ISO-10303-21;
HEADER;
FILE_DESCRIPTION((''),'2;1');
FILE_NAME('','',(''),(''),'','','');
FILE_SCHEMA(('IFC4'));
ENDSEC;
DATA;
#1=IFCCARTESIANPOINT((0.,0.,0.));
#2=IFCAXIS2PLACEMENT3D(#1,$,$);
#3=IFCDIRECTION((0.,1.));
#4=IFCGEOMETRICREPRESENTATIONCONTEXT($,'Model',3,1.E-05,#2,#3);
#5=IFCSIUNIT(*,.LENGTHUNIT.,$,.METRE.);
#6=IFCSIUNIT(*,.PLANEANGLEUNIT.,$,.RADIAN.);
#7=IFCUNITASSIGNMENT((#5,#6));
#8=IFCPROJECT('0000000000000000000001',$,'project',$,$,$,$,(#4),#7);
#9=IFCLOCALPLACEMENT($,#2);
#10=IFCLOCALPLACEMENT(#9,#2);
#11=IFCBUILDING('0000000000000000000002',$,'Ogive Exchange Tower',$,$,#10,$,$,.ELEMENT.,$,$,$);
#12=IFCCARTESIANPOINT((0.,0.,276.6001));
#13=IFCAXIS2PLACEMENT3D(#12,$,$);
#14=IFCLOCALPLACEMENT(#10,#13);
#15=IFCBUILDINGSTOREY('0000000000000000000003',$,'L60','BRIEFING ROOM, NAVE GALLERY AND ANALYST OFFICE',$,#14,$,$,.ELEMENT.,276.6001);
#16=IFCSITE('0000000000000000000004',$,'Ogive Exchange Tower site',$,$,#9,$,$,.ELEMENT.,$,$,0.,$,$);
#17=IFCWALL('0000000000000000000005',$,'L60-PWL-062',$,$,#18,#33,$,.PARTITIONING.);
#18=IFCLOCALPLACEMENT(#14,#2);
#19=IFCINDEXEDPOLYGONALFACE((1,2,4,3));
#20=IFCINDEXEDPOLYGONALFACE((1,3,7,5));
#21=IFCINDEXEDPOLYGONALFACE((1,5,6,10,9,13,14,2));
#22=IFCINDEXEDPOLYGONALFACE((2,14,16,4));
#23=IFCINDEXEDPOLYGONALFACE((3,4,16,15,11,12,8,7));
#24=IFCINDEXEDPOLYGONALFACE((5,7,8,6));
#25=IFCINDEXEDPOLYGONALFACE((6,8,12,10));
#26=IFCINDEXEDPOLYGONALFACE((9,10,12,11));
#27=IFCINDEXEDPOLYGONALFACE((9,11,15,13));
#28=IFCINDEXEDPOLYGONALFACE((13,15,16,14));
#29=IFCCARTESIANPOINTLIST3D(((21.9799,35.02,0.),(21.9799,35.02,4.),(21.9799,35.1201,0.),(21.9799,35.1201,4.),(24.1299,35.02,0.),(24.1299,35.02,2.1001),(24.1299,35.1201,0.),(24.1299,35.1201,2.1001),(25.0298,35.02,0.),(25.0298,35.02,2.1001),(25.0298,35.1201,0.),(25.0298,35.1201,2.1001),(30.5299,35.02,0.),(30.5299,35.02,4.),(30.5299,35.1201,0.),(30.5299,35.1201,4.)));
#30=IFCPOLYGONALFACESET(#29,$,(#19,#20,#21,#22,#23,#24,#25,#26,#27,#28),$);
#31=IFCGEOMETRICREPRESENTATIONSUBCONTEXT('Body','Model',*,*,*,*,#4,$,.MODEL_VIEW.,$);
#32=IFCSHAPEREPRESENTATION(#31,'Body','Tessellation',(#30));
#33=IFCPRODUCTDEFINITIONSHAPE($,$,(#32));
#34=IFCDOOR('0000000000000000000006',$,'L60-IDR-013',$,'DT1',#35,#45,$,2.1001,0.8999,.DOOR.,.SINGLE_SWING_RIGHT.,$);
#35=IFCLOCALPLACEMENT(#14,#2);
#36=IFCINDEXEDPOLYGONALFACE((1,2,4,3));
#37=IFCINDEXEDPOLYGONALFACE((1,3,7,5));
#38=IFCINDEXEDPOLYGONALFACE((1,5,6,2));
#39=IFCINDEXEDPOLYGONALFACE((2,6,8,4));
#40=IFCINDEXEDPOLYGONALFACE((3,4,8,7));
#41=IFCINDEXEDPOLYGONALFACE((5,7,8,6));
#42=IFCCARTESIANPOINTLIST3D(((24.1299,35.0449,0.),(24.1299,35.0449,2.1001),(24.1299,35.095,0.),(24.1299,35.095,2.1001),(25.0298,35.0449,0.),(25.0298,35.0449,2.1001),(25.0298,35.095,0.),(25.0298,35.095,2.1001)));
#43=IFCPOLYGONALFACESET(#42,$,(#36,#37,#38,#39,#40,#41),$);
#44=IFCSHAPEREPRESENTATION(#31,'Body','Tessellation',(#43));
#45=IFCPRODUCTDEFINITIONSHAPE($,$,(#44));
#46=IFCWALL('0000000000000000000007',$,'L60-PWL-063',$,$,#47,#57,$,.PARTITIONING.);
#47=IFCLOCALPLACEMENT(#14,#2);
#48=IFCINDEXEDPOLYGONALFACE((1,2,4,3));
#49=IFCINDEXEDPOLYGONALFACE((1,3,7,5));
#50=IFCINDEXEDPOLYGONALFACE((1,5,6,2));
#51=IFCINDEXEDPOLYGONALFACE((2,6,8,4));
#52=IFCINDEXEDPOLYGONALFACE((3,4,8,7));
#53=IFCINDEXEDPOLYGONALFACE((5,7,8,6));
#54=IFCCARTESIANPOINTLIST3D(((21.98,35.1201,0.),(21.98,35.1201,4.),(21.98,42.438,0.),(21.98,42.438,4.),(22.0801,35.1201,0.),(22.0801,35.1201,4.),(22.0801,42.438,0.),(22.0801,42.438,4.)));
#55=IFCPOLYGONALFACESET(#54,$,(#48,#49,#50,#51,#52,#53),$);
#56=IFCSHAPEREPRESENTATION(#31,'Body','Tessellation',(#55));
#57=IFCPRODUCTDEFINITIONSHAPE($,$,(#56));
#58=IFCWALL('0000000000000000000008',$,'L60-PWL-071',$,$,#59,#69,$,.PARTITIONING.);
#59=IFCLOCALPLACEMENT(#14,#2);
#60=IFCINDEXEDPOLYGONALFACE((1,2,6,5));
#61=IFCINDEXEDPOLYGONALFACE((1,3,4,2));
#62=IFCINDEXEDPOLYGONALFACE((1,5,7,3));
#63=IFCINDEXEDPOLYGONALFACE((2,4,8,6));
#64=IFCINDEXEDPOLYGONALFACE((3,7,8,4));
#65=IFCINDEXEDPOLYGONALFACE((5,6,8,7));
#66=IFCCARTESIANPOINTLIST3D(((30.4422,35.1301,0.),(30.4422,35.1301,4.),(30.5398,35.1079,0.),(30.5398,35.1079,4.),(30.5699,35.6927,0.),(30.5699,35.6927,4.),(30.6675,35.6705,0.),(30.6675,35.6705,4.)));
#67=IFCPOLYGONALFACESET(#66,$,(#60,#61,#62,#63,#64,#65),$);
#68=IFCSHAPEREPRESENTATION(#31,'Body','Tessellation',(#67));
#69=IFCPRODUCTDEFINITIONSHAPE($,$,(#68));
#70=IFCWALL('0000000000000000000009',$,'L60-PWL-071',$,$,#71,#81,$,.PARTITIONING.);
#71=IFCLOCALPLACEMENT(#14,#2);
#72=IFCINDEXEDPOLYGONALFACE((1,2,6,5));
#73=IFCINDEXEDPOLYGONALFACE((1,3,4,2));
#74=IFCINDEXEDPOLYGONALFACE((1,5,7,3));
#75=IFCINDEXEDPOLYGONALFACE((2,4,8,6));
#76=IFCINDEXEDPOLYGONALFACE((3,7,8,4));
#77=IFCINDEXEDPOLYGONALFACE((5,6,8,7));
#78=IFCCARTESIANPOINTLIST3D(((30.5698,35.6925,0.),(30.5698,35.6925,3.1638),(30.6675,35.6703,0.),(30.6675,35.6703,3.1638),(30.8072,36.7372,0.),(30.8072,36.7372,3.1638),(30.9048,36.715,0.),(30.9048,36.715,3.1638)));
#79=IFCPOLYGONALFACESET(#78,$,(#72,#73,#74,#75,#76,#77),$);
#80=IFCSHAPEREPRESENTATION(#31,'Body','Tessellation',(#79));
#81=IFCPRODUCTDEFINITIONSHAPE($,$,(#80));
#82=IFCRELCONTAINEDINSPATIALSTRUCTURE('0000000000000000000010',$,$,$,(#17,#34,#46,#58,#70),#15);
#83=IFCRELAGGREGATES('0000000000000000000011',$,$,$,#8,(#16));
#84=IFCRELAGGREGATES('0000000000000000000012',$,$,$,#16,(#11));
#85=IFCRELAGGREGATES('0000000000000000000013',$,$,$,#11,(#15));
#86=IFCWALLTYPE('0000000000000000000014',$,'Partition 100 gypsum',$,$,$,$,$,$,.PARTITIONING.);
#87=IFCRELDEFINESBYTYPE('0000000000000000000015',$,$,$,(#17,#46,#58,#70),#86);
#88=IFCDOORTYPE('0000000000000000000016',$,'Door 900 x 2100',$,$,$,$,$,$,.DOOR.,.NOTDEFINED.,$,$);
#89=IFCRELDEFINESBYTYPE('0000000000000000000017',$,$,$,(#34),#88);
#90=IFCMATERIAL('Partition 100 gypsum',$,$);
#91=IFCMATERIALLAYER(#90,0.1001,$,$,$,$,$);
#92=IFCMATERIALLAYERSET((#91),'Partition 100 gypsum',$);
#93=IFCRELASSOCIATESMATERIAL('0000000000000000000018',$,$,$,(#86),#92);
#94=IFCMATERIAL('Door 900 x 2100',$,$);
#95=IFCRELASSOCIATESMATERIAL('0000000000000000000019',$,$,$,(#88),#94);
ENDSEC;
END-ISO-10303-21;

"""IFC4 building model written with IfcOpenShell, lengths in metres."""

from ifc_helpers import new_model, si_unit, direction, frame, frame_2d, origin, place, context, subcontext, project, spatial, rectangle, extrude, material, layer, layer_set, type_object, element, fill, save


model = new_model("IFC4")

# Units and contexts
model_context = context("Model", 3, precision=1e-05, world=origin(), true_north=direction((0.0, 1.0)))
body_context = subcontext(model_context, "Body", "Model", "MODEL_VIEW")
ifc_project = project(units=[si_unit("LENGTHUNIT", "METRE"), si_unit("PLANEANGLEUNIT", "RADIAN")], contexts=[model_context])

# Site, building, storey
site_placement = place(None, origin())
site = spatial("IfcSite", under=ifc_project, at=site_placement, Name="Ogive Exchange Tower site", CompositionType="ELEMENT", RefElevation=0.0)
building_placement = place(site_placement, origin())
building = spatial("IfcBuilding", under=site, at=building_placement, Name="Ogive Exchange Tower", CompositionType="ELEMENT")
storey_placement = place(building_placement, frame((0.0, 0.0, 276.6001)))
storey = spatial("IfcBuildingStorey", under=building, at=storey_placement, Name="L60", Description="BRIEFING ROOM, NAVE GALLERY AND ANALYST OFFICE", CompositionType="ELEMENT", Elevation=276.6001)

# Shared definitions
ifc_material_1 = material(Name="Partition 100 gypsum")
ifc_layer_1 = layer(ifc_material_1, 0.1001)
ifc_layer_set_1 = layer_set([ifc_layer_1], Name="Partition 100 gypsum")
wall_type_1 = type_object("IfcWallType", Name="Partition 100 gypsum", PredefinedType="PARTITIONING", material=ifc_layer_set_1)

# Wall, opening, door
wall_1_placement = place(storey_placement, frame((21.98, 35.0701, 0.0), z_axis=(0.0, 0.0, 1.0), x_axis=(1.0, 0.0, 0.0)))
wall_1 = element("IfcWall", 1, at=wall_1_placement, inside=storey, type_object=wall_type_1, Name="L60-PWL-062", PredefinedType="PARTITIONING", context=body_context, shape_type="SweptSolid", body=[
    extrude(rectangle(XDim=8.55, YDim=0.1001, at=frame_2d((4.2749, 0.0))), origin(), (0.0, 0.0, 1.0), 4.0),
])
opening_1_placement = place(wall_1_placement, frame((2.1499, 0.0, 0.0)))
opening_1 = element("IfcOpeningElement", 2, at=opening_1_placement, cuts=wall_1, PredefinedType="OPENING", context=body_context, shape_type="SweptSolid", body=[
    extrude(rectangle(XDim=0.8999, YDim=2.1001, at=frame_2d((0.45, 1.05))), frame((0.0, 0.0601, 0.0), z_axis=(0.0, -1.0, 0.0), x_axis=(1.0, 0.0, 0.0)), (0.0, 0.0, 1.0), 0.1201),
])
ifc_material_2 = material(Name="Door 900 x 2100")
door_type_1 = type_object("IfcDoorType", Name="Door 900 x 2100", OperationType="NOTDEFINED", PredefinedType="DOOR", material=ifc_material_2)
door_1_placement = place(opening_1_placement, origin())
door_1 = element("IfcDoor", 3, at=door_1_placement, inside=storey, type_object=door_type_1, Name="L60-IDR-013", ObjectType="DT1", OperationType="SINGLE_SWING_RIGHT", OverallHeight=2.1001, OverallWidth=0.8999, PredefinedType="DOOR", context=body_context, shape_type="SweptSolid", body=[
    extrude(rectangle(XDim=0.8999, YDim=2.1001, at=frame_2d((0.45, 1.05))), frame((0.0, 0.0249, 0.0), z_axis=(0.0, -1.0, 0.0), x_axis=(1.0, 0.0, 0.0)), (0.0, 0.0, 1.0), 0.05),
])
fill(opening_1, door_1)

# Walls
wall_2_placement = place(storey_placement, frame((22.03, 42.438, 0.0), z_axis=(0.0, 0.0, 1.0), x_axis=(0.0, -1.0, 0.0)))
element("IfcWall", 4, at=wall_2_placement, inside=storey, type_object=wall_type_1, Name="L60-PWL-063", PredefinedType="PARTITIONING", context=body_context, shape_type="SweptSolid", body=[
    extrude(rectangle(XDim=7.3179, YDim=0.1001, at=frame_2d((3.6589, 0.0))), origin(), (0.0, 0.0, 1.0), 4.0),
])
wall_3_placement = place(storey_placement, frame((30.491, 35.1189, 0.0), z_axis=(0.0, 0.0, 1.0), x_axis=(0.221365, 0.975191, 0.0)))
element("IfcWall", 5, at=wall_3_placement, inside=storey, type_object=wall_type_1, Name="L60-PWL-071", PredefinedType="PARTITIONING", context=body_context, shape_type="SweptSolid", body=[
    extrude(rectangle(XDim=0.5769, YDim=0.1001, at=frame_2d((0.2886, 0.0))), origin(), (0.0, 0.0, 1.0), 4.0),
])
wall_4_placement = place(storey_placement, frame((30.6187, 35.6814, 0.0), z_axis=(0.0, 0.0, 1.0), x_axis=(0.221513, 0.975157, 0.0)))
element("IfcWall", 6, at=wall_4_placement, inside=storey, type_object=wall_type_1, Name="L60-PWL-071", PredefinedType="PARTITIONING", context=body_context, shape_type="SweptSolid", body=[
    extrude(rectangle(XDim=1.0713, YDim=0.1001, at=frame_2d((0.5356, 0.0))), origin(), (0.0, 0.0, 1.0), 3.1638),
])

save(model, "model.ifc")
